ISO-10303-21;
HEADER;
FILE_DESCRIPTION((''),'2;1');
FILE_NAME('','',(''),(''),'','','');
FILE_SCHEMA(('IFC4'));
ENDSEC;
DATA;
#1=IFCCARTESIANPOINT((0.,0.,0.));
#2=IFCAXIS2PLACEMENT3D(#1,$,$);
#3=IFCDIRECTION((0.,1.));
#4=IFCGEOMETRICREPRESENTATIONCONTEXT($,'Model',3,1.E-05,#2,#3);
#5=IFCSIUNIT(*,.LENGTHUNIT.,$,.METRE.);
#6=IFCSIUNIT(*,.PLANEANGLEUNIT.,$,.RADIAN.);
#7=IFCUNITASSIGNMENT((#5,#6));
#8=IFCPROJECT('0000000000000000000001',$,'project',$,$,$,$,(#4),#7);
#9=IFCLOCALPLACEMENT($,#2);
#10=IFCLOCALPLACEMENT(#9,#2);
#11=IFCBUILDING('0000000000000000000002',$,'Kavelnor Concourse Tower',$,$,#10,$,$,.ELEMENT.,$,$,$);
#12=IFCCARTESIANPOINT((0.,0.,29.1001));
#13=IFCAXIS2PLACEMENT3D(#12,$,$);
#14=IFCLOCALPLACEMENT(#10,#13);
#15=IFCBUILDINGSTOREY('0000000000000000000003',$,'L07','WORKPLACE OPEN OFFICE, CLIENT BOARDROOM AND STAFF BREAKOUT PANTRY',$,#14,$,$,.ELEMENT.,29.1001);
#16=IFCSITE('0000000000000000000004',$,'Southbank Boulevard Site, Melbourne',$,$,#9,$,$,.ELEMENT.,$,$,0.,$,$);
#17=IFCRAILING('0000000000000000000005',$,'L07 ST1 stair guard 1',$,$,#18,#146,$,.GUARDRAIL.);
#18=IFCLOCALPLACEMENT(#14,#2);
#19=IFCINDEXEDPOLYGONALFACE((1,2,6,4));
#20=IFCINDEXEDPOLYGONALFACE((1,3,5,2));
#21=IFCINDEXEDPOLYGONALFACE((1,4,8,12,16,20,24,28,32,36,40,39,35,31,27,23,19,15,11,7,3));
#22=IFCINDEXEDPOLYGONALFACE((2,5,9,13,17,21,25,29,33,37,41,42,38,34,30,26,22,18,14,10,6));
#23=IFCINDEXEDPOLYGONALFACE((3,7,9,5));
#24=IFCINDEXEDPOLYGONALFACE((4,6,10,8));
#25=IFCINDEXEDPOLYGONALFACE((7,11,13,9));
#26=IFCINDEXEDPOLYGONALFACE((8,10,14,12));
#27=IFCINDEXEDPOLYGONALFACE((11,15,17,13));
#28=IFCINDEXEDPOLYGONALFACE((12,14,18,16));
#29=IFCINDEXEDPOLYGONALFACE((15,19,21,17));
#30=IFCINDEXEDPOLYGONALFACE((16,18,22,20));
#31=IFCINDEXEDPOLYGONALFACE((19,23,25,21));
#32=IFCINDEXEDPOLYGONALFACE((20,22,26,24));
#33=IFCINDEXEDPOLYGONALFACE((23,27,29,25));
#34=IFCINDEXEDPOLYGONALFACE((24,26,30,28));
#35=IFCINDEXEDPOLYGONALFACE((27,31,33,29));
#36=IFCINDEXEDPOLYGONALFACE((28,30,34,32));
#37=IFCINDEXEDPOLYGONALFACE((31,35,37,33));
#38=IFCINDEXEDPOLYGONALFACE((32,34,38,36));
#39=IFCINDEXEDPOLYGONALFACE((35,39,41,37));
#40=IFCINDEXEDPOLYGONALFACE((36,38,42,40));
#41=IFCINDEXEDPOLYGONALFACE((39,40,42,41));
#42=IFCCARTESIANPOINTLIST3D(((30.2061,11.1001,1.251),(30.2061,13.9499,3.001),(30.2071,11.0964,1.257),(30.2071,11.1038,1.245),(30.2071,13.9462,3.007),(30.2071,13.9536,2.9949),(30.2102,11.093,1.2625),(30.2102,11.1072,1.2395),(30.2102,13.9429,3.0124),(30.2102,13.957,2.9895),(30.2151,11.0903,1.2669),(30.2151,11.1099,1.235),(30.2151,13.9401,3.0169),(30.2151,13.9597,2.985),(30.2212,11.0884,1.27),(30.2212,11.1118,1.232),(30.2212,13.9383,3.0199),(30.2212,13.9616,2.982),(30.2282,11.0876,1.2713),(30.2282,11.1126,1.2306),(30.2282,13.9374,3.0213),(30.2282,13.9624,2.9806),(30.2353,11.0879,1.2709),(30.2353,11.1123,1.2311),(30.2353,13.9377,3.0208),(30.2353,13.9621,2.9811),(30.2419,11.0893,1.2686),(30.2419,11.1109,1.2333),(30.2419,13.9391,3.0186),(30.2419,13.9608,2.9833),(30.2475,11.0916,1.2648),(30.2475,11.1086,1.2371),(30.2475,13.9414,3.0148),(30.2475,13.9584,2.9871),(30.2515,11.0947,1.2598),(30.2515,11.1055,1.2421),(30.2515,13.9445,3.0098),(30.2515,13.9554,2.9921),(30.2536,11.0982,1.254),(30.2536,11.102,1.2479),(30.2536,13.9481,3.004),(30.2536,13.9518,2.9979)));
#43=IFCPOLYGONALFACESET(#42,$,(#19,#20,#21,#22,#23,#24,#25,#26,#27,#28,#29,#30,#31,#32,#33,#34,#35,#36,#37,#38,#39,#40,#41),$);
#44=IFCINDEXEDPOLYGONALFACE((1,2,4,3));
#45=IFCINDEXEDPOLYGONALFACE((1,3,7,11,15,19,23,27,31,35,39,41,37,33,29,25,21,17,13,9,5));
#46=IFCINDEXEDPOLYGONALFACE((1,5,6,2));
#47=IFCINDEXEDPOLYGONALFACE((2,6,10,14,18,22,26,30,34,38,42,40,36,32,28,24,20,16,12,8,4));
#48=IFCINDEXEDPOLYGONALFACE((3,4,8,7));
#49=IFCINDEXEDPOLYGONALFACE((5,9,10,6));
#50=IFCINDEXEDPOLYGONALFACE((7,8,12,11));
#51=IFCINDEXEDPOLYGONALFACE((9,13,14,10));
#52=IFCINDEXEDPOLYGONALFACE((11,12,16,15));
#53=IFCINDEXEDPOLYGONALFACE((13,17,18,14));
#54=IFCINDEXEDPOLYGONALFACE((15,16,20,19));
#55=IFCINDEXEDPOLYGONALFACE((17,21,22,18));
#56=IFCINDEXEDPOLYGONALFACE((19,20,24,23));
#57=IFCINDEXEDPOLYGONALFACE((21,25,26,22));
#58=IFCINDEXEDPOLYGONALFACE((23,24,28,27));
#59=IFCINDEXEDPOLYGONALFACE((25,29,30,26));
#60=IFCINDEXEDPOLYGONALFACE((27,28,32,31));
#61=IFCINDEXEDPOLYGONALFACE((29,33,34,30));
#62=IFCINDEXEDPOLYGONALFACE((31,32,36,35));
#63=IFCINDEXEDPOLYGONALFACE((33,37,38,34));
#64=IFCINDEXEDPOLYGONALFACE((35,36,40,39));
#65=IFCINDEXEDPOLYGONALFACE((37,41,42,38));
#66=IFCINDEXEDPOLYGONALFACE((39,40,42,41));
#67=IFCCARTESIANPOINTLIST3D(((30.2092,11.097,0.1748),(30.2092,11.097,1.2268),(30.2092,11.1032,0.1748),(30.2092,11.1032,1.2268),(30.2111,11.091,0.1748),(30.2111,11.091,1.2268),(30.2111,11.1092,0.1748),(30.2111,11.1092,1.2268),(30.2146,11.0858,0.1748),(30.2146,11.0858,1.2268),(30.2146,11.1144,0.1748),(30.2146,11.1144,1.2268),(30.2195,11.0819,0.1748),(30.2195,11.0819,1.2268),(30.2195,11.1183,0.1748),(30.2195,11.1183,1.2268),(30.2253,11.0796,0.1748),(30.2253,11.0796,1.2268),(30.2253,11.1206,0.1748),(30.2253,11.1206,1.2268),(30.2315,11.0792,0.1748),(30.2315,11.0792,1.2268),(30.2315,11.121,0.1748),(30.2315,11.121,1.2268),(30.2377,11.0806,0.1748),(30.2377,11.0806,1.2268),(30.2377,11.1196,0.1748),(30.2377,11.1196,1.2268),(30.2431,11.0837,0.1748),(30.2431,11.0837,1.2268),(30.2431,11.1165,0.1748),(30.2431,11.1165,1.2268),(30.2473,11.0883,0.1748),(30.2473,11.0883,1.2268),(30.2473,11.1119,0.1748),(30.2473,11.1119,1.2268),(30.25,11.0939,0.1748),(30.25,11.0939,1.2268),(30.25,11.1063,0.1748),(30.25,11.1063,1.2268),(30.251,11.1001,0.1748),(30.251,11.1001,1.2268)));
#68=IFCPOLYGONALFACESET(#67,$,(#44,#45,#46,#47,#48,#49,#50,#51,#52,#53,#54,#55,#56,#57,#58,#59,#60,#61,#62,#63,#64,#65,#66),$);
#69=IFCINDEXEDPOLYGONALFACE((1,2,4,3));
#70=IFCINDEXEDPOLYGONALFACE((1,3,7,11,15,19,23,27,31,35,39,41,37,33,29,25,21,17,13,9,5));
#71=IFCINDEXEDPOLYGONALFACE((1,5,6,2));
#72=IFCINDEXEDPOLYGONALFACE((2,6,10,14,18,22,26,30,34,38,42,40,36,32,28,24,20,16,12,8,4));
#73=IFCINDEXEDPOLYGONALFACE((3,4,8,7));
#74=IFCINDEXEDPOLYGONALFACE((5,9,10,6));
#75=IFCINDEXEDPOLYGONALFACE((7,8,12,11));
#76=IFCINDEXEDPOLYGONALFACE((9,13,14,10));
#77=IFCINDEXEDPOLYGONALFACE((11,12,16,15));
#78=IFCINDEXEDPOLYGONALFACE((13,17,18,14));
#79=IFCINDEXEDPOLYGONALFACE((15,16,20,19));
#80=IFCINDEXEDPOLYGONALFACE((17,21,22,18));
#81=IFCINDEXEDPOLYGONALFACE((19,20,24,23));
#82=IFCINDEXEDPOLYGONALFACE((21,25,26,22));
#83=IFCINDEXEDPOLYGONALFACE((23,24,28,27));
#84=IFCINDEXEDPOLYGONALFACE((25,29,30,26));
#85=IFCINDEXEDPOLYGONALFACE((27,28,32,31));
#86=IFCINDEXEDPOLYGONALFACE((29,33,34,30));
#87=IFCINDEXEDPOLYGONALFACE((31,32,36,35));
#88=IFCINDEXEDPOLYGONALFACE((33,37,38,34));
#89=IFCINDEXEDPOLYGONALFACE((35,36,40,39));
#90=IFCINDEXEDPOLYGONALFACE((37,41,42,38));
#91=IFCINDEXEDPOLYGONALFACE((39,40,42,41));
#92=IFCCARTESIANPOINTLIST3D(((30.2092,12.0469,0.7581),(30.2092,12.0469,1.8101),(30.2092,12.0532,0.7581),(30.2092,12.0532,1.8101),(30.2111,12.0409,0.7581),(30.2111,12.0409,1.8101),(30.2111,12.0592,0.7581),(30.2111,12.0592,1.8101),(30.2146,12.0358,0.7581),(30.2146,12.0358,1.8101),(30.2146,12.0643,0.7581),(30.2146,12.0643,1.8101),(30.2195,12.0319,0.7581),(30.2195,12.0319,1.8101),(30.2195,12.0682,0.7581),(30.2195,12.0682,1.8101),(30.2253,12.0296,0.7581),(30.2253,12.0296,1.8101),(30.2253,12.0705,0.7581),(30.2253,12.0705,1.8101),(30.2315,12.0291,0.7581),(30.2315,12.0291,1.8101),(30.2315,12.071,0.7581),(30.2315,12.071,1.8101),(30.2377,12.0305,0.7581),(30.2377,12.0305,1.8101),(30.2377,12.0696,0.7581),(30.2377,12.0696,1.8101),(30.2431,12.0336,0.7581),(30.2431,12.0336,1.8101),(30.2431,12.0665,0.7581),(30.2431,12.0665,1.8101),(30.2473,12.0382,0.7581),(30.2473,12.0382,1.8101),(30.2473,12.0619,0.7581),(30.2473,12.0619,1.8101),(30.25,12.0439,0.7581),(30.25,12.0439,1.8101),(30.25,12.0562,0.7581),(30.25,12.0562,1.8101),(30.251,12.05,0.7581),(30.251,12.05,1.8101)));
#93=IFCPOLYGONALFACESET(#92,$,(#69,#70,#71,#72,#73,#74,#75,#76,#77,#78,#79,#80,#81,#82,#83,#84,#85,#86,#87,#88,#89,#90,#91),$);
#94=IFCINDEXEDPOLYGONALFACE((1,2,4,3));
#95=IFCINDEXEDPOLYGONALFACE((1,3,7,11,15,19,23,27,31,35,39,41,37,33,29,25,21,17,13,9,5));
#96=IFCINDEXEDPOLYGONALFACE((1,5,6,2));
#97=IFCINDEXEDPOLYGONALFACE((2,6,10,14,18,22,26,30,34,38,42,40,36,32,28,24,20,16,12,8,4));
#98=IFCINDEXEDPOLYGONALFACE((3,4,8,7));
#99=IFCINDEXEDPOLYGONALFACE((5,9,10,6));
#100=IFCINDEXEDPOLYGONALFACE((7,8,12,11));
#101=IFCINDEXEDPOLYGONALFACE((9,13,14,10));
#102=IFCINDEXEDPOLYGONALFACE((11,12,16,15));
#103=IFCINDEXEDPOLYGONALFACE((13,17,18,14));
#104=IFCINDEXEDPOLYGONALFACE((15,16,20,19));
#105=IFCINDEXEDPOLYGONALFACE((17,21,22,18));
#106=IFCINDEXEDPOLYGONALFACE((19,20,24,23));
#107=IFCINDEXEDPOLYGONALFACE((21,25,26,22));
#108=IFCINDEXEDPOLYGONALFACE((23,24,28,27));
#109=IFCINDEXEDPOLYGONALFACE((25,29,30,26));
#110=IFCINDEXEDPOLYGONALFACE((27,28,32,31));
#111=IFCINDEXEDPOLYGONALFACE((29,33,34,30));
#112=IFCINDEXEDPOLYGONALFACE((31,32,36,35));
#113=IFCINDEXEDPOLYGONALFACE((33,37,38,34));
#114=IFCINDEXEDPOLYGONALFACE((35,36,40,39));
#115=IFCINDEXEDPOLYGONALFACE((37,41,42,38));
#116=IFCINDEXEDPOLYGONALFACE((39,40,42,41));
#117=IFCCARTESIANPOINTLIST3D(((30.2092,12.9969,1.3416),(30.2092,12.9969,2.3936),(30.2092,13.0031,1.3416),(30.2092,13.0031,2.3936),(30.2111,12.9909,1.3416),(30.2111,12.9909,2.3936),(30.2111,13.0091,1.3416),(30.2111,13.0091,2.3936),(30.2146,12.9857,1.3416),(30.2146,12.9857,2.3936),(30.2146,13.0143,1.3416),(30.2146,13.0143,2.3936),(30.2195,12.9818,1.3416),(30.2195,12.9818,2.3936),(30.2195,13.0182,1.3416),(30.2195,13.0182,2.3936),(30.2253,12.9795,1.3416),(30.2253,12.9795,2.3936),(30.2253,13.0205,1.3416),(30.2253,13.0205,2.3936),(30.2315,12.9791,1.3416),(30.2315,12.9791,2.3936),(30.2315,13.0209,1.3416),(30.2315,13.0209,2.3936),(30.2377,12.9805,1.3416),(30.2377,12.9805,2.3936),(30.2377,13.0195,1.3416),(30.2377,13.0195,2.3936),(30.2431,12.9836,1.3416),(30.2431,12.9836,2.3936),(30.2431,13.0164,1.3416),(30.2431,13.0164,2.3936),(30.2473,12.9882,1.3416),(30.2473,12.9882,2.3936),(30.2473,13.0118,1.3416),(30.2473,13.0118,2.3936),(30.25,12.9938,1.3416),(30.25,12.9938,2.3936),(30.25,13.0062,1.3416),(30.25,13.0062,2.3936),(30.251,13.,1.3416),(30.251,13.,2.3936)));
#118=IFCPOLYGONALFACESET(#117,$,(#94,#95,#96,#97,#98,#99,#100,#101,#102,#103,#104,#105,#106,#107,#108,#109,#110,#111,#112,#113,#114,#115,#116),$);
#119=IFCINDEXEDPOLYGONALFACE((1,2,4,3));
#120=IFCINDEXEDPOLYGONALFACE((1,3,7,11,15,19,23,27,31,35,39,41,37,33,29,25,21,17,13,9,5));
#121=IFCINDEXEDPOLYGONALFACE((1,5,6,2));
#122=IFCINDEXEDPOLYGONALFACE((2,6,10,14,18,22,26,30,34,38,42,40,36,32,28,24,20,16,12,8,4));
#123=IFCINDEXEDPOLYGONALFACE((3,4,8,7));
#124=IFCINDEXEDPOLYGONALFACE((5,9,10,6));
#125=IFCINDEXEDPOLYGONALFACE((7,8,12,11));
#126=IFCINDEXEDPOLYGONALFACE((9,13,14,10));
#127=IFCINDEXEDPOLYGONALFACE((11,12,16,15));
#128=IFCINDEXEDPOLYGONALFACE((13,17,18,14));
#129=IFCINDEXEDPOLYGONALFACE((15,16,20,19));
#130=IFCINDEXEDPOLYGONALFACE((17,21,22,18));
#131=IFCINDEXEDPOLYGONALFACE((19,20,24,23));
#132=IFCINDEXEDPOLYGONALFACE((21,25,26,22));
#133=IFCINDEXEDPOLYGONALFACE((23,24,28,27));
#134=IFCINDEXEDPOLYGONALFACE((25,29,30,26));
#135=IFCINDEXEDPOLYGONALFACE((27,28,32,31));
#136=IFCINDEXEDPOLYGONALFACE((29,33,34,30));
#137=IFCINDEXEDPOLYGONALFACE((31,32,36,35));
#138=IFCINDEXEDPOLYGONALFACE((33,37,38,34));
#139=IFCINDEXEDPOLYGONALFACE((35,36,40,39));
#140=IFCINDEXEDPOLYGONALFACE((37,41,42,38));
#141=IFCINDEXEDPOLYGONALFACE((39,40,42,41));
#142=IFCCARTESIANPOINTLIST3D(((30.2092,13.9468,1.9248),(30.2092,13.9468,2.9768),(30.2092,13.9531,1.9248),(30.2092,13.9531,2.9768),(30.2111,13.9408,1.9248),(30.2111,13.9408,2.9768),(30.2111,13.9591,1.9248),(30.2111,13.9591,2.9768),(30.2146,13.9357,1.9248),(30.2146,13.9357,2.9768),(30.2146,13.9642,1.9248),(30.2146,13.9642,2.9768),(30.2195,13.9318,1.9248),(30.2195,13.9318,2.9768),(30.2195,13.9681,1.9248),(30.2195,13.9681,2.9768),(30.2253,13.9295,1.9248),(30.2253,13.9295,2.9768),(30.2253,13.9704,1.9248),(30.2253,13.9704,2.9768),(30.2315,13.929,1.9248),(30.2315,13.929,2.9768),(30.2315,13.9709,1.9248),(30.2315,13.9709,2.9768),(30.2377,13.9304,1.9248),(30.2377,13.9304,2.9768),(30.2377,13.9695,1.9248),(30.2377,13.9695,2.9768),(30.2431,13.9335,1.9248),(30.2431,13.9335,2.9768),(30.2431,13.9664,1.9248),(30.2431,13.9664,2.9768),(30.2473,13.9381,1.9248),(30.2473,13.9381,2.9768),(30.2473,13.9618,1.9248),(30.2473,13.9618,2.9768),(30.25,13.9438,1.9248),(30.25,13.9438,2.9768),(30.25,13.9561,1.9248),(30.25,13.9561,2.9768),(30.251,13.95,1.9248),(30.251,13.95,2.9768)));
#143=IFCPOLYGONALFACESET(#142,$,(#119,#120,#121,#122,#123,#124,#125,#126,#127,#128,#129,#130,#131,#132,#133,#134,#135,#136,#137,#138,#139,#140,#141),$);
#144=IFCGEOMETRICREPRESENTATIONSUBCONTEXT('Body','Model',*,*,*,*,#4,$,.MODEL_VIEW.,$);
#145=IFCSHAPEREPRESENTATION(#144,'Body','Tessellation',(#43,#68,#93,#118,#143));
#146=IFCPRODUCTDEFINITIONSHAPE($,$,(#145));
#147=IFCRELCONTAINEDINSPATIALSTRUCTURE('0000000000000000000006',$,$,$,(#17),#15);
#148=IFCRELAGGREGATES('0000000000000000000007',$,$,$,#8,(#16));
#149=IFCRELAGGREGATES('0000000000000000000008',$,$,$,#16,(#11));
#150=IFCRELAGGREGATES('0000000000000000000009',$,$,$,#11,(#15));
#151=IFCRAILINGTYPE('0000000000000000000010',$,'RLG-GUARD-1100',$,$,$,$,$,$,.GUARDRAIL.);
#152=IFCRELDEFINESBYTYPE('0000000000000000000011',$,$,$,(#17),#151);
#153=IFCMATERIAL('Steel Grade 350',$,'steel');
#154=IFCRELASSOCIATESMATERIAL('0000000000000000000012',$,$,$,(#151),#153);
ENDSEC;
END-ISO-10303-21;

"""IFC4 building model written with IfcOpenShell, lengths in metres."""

from ifc_helpers import new_model, si_unit, direction, frame, origin, origin_2d, place, context, subcontext, project, spatial, circle, extrude, material, type_object, element, save


model = new_model("IFC4")

# Units and contexts
model_context = context("Model", 3, precision=1e-05, world=origin(), true_north=direction((0.0, 1.0)))
body_context = subcontext(model_context, "Body", "Model", "MODEL_VIEW")
ifc_project = project(units=[si_unit("LENGTHUNIT", "METRE"), si_unit("PLANEANGLEUNIT", "RADIAN")], contexts=[model_context])

# Site, building, storey
site_placement = place(None, origin())
site = spatial("IfcSite", under=ifc_project, at=site_placement, Name="Southbank Boulevard Site, Melbourne", CompositionType="ELEMENT", RefElevation=0.0)
building_placement = place(site_placement, origin())
building = spatial("IfcBuilding", under=site, at=building_placement, Name="Kavelnor Concourse Tower", CompositionType="ELEMENT")
storey_placement = place(building_placement, frame((0.0, 0.0, 29.1001)))
storey = spatial("IfcBuildingStorey", under=building, at=storey_placement, Name="L07", Description="WORKPLACE OPEN OFFICE, CLIENT BOARDROOM AND STAFF BREAKOUT PANTRY", CompositionType="ELEMENT", Elevation=29.1001)

# Shared definitions
ifc_material_1 = material(Name="Steel Grade 350", Category="steel")

# Railing
railing_type_1 = type_object("IfcRailingType", Name="RLG-GUARD-1100", PredefinedType="GUARDRAIL", material=ifc_material_1)
railing_1_placement = place(storey_placement, frame((30.23, 11.1001, 0.1748)))
element("IfcRailing", 1, at=railing_1_placement, inside=storey, type_object=railing_type_1, Name="L07 ST1 stair guard 1", PredefinedType="GUARDRAIL", context=body_context, shape_type="SweptSolid", body=[
    extrude(circle(Radius=0.0239, at=origin_2d()), frame((0.0, 0.0, 1.0762), z_axis=(0.0, 0.852159, 0.523283), x_axis=(-1.0, 0.0, 0.0)), (0.0, 0.0, 1.0), 3.3442),
    extrude(circle(Radius=0.021, at=origin_2d()), origin(), (0.0, 0.0, 1.0), 1.052),
    extrude(circle(Radius=0.021, at=origin_2d()), frame((0.0, 0.95, 0.5833)), (0.0, 0.0, 1.0), 1.052),
    extrude(circle(Radius=0.021, at=origin_2d()), frame((0.0, 1.8999, 1.1667)), (0.0, 0.0, 1.0), 1.052),
    extrude(circle(Radius=0.021, at=origin_2d()), frame((0.0, 2.8499, 1.75)), (0.0, 0.0, 1.0), 1.052),
])

save(model, "model.ifc")
